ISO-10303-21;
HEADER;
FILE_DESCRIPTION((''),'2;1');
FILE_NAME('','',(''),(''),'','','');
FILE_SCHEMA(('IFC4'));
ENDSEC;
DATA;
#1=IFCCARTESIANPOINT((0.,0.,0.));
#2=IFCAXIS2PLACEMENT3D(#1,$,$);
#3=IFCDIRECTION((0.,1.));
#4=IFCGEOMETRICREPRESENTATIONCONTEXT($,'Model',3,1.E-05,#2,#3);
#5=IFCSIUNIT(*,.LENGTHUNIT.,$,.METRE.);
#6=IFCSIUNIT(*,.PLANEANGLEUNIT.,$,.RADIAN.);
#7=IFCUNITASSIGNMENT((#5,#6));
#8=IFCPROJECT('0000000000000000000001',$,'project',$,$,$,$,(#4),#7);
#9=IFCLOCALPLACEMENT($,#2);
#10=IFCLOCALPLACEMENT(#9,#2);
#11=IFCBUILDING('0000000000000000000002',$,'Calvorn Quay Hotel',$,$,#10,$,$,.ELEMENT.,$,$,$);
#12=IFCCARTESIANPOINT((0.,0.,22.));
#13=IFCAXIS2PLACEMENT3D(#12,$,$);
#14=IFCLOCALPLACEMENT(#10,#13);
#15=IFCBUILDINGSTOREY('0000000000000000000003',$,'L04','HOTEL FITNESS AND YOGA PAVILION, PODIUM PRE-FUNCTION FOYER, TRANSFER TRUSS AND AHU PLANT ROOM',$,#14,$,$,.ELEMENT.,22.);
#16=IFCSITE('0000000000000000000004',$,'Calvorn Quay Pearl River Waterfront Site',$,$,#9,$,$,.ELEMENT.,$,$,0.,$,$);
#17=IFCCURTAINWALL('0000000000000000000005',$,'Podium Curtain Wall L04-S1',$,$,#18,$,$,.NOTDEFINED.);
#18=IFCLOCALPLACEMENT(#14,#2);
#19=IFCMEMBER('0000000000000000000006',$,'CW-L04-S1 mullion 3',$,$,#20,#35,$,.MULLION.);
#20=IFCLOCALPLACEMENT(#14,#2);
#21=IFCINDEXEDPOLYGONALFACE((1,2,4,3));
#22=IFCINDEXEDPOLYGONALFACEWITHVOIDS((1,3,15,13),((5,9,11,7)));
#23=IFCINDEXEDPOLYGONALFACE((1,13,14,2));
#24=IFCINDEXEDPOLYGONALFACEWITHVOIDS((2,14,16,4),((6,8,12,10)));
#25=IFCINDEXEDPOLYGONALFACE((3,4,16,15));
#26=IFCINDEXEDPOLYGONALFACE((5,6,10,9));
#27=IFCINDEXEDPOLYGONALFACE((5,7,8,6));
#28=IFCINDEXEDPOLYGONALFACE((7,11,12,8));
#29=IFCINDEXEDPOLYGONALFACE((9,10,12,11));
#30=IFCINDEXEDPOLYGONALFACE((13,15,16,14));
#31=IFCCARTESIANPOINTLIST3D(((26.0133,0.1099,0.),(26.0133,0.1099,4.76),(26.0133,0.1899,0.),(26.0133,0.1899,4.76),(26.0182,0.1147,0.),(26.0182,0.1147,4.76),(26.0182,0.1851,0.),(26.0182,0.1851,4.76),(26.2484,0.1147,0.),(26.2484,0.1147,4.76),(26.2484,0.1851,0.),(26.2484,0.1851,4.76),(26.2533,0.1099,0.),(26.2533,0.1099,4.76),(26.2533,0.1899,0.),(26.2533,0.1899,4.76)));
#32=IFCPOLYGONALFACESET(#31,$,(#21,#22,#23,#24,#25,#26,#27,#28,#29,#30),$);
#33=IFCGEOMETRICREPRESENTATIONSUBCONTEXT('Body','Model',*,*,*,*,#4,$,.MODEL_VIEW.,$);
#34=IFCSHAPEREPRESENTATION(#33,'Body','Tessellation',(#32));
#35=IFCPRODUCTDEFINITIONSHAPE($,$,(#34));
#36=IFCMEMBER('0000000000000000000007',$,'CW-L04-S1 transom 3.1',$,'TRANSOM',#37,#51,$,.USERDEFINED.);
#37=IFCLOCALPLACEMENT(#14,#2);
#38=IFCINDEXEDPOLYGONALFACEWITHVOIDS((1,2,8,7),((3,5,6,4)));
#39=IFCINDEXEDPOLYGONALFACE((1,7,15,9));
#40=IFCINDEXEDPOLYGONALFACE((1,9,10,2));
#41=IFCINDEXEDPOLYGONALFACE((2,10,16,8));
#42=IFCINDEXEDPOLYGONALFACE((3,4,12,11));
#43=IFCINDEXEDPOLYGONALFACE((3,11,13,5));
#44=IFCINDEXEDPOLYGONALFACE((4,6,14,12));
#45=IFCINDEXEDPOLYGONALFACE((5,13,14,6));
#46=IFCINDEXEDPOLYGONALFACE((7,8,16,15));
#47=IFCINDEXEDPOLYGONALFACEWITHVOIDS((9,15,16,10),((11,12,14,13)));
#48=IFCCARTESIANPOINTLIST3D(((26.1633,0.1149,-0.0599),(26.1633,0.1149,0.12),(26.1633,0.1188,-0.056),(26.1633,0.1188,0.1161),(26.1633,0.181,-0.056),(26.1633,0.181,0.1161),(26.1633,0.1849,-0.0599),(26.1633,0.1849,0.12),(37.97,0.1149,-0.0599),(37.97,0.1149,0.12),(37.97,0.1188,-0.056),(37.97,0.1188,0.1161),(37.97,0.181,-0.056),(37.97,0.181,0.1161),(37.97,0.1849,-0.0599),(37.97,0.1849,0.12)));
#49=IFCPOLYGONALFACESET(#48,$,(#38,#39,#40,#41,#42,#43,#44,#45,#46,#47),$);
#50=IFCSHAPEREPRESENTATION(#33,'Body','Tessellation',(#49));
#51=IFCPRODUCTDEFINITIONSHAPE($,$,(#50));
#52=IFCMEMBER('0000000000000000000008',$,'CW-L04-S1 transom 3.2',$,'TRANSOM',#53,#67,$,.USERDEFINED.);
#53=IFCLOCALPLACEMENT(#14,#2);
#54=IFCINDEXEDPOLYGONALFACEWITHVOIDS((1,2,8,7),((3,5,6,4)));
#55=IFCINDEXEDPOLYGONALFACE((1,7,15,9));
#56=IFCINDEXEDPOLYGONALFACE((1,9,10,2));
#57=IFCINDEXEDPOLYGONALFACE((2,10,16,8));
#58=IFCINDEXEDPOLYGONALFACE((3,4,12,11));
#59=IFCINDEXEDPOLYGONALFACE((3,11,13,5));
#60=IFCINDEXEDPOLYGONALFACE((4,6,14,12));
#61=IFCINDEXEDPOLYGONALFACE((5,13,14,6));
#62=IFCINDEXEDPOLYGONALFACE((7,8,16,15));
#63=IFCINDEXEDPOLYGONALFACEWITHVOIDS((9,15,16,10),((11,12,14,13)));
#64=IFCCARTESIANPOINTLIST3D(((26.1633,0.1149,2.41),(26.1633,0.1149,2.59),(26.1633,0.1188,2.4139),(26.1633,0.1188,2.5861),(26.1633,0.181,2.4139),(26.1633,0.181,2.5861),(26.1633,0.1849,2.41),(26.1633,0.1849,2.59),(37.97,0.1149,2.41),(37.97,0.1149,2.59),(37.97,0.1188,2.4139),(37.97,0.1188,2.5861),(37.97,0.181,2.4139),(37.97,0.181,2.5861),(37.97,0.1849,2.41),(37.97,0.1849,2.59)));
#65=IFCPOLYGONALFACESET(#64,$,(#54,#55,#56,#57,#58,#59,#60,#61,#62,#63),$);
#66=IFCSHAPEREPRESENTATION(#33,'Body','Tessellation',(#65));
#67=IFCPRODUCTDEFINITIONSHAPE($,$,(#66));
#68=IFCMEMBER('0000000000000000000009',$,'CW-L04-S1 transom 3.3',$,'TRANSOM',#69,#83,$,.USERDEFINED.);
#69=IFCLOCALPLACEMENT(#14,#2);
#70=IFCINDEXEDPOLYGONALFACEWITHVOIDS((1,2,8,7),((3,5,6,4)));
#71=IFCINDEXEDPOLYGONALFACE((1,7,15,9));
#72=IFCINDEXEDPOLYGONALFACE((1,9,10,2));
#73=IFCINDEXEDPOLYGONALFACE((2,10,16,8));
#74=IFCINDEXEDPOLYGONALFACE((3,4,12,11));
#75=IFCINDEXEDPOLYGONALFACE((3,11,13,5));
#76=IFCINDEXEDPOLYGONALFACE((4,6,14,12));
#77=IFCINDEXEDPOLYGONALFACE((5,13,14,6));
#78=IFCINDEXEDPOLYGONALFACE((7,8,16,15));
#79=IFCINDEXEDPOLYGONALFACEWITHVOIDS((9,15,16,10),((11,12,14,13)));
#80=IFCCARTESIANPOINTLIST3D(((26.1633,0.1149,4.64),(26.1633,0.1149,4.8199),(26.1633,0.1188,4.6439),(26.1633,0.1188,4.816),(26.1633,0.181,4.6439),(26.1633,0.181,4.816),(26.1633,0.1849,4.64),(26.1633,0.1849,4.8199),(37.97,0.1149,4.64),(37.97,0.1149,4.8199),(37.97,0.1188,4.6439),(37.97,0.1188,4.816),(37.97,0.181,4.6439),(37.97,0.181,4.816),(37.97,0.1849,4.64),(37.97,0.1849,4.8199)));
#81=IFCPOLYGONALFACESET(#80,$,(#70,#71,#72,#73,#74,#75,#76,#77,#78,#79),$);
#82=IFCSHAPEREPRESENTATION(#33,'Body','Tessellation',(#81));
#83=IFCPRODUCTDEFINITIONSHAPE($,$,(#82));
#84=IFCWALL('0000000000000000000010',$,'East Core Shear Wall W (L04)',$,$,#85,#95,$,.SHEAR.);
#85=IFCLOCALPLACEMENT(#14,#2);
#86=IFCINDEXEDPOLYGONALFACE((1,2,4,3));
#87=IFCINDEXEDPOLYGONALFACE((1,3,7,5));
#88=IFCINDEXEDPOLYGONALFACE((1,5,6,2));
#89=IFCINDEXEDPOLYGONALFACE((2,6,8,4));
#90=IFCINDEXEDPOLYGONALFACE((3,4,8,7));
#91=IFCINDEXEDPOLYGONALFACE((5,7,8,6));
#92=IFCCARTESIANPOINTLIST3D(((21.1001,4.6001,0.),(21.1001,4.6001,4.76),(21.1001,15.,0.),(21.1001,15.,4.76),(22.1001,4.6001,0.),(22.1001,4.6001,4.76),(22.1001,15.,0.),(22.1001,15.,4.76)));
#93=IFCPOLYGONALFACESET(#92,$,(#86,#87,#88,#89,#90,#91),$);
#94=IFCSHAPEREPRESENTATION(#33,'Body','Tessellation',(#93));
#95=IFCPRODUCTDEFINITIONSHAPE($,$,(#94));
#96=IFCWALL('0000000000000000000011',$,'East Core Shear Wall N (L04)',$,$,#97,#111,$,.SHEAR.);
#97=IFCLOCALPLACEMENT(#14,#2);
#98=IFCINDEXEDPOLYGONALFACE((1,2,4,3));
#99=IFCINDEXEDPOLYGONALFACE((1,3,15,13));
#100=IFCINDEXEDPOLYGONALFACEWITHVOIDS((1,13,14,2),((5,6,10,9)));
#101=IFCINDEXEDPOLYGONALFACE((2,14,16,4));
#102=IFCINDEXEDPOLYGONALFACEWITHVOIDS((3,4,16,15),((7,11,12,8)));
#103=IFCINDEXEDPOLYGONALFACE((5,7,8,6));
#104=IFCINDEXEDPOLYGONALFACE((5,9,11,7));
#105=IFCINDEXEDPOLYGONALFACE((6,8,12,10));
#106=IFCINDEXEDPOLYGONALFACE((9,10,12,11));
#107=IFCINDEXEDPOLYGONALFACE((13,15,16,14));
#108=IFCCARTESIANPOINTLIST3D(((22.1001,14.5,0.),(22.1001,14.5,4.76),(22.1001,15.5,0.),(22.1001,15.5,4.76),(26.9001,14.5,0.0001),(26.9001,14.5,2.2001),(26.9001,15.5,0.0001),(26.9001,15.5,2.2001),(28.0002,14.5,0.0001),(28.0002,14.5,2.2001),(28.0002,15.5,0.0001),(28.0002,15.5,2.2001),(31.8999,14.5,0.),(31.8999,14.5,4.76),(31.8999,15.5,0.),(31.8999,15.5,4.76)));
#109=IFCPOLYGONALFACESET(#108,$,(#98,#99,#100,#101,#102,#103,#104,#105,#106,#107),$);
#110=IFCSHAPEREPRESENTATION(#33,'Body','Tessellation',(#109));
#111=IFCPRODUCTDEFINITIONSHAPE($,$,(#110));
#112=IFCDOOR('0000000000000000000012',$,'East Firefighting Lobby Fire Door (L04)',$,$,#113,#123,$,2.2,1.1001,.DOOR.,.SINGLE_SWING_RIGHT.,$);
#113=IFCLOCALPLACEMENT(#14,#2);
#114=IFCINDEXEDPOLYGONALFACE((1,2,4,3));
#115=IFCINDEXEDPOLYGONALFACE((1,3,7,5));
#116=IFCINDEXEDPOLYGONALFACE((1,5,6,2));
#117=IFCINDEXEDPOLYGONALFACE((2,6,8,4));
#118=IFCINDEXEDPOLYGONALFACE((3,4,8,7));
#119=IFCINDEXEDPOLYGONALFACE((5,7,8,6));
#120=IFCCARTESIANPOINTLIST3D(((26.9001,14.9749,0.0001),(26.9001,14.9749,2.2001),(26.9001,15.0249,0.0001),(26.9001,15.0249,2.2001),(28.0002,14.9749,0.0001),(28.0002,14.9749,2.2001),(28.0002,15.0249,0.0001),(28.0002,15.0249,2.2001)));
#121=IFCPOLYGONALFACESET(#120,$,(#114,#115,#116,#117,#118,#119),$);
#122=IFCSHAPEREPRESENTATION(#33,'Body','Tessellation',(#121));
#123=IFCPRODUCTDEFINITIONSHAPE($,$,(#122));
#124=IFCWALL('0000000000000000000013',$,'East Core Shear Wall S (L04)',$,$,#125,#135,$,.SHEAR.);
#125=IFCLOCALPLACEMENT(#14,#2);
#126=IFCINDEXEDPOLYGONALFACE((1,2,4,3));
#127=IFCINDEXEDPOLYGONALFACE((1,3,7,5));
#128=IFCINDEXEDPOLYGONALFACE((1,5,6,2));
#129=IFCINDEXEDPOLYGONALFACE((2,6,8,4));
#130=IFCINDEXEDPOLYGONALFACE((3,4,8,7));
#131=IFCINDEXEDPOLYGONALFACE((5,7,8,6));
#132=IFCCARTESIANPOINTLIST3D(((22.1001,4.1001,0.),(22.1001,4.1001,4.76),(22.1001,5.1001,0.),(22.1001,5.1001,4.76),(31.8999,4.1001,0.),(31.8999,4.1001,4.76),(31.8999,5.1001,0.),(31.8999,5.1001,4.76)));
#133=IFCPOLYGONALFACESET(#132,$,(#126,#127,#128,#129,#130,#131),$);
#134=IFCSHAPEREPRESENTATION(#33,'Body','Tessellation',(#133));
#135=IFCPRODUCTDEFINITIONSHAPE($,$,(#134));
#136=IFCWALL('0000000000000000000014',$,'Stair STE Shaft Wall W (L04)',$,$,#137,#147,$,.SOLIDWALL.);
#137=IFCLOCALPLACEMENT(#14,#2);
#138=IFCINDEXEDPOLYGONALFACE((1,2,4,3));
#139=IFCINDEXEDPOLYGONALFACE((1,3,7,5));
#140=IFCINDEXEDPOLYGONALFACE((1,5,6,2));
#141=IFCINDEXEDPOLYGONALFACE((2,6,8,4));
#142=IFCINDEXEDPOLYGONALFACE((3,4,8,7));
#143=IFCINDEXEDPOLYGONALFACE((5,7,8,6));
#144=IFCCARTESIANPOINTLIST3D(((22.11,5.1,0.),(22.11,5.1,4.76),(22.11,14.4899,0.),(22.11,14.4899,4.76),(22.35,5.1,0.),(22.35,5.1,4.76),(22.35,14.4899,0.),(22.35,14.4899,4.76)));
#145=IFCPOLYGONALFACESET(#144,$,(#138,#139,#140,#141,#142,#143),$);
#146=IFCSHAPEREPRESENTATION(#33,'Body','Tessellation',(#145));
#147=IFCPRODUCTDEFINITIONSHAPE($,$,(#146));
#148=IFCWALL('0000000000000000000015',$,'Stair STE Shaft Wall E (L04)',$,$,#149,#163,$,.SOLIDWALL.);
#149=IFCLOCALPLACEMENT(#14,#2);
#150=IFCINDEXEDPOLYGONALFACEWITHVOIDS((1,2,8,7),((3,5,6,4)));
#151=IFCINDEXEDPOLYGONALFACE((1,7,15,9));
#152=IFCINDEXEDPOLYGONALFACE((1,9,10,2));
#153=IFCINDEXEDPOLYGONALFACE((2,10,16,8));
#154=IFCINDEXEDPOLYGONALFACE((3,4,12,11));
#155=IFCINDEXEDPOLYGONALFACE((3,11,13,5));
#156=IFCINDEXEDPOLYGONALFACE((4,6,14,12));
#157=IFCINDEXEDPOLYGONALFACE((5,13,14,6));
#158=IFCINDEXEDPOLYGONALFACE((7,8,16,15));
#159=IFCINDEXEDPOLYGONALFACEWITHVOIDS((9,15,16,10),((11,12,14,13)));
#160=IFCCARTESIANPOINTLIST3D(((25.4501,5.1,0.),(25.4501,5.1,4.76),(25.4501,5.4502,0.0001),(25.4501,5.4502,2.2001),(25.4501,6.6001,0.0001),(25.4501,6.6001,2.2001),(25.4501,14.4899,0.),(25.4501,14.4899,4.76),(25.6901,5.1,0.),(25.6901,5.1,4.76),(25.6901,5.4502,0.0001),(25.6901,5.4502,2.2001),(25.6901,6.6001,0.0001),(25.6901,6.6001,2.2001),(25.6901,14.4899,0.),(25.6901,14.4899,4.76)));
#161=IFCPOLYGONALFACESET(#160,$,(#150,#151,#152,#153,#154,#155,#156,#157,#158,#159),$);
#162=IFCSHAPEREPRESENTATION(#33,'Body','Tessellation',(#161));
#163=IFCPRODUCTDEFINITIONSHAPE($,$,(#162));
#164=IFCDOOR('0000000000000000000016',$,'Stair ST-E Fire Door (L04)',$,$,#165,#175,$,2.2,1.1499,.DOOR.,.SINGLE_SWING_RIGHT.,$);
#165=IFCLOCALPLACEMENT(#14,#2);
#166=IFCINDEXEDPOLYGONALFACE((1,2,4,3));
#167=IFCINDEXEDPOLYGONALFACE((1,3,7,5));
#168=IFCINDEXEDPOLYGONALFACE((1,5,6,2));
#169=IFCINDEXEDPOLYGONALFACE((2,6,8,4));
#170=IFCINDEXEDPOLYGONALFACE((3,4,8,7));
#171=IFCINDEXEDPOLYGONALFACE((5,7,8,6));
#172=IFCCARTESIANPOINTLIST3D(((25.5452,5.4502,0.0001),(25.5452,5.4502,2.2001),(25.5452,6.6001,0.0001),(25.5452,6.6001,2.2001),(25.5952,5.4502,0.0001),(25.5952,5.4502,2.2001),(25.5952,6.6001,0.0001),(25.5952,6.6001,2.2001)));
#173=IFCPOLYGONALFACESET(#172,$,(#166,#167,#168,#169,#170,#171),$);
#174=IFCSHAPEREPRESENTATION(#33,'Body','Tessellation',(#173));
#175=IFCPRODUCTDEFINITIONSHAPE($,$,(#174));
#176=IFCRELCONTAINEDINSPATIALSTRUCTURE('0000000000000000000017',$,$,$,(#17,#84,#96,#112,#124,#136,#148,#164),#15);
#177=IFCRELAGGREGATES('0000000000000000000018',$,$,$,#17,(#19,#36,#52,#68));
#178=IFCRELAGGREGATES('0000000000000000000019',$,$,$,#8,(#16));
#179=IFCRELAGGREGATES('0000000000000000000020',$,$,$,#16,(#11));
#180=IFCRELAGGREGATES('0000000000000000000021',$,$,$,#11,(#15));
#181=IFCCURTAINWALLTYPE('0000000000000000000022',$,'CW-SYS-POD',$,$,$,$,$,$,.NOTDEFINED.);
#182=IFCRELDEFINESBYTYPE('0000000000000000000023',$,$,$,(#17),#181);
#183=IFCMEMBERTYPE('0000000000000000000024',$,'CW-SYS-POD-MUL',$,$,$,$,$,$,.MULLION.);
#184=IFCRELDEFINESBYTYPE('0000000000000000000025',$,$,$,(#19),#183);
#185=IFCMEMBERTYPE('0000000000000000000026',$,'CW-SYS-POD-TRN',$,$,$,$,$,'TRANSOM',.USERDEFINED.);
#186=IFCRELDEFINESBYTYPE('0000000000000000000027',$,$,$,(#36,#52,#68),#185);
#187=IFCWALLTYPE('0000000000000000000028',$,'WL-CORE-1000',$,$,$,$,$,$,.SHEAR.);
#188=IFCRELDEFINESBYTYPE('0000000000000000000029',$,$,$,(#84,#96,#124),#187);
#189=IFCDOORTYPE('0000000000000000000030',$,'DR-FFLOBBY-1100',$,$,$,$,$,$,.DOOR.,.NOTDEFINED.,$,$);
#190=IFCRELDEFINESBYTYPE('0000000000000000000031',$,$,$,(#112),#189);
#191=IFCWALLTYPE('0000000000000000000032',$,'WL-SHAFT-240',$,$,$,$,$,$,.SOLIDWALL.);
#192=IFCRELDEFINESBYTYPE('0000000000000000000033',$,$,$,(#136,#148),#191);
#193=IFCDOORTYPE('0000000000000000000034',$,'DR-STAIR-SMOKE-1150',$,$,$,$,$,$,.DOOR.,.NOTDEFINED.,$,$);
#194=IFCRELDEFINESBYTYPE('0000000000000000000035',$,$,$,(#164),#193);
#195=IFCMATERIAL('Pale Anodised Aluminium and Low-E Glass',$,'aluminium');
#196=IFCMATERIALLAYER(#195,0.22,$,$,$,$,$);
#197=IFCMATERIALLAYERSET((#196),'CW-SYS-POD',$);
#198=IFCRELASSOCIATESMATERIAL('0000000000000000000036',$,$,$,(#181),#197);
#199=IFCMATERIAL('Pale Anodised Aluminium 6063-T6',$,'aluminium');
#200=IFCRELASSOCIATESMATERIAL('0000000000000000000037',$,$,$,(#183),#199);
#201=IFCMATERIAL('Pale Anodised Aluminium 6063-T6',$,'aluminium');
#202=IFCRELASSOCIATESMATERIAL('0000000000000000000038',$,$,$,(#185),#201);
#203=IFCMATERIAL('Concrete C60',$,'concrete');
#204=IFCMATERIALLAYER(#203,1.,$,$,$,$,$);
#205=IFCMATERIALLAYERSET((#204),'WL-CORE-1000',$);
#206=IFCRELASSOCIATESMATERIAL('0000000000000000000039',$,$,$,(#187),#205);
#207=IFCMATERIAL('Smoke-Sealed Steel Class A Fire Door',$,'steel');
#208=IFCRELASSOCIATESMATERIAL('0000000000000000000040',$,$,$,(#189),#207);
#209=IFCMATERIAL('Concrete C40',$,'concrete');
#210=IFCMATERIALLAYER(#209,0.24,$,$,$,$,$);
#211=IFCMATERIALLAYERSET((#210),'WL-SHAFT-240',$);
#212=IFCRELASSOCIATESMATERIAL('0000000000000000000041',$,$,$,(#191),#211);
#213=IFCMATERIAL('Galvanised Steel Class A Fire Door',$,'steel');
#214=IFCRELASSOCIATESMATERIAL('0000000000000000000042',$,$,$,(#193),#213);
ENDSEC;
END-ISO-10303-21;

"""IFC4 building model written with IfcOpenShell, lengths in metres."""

from ifc_helpers import new_model, si_unit, direction, frame, frame_2d, origin, origin_2d, place, context, subcontext, project, spatial, rectangle, hollow_rectangle, extrude, material, layer, layer_set, material_profile, profile_set, type_object, element, fill, aggregate, save


model = new_model("IFC4")

# Units and contexts
model_context = context("Model", 3, precision=1e-05, world=origin(), true_north=direction((0.0, 1.0)))
body_context = subcontext(model_context, "Body", "Model", "MODEL_VIEW")
ifc_project = project(units=[si_unit("LENGTHUNIT", "METRE"), si_unit("PLANEANGLEUNIT", "RADIAN")], contexts=[model_context])

# Site, building, storey
site_placement = place(None, origin())
site = spatial("IfcSite", under=ifc_project, at=site_placement, Name="Calvorn Quay Pearl River Waterfront Site", CompositionType="ELEMENT", RefElevation=0.0)
building_placement = place(site_placement, origin())
building = spatial("IfcBuilding", under=site, at=building_placement, Name="Calvorn Quay Hotel", CompositionType="ELEMENT")
storey_placement = place(building_placement, frame((0.0, 0.0, 22.0)))
storey = spatial("IfcBuildingStorey", under=building, at=storey_placement, Name="L04", Description="HOTEL FITNESS AND YOGA PAVILION, PODIUM PRE-FUNCTION FOYER, TRANSFER TRUSS AND AHU PLANT ROOM", CompositionType="ELEMENT", Elevation=22.0)

# Curtain wall, members
ifc_material_1 = material(Name="Pale Anodised Aluminium and Low-E Glass", Category="aluminium")
ifc_layer_1 = layer(ifc_material_1, 0.22)
ifc_layer_set_1 = layer_set([ifc_layer_1], Name="CW-SYS-POD")
curtain_wall_type = type_object("IfcCurtainWallType", Name="CW-SYS-POD", PredefinedType="NOTDEFINED", material=ifc_layer_set_1)
curtain_wall_placement = place(storey_placement, origin())
curtain_wall = element("IfcCurtainWall", 1, at=curtain_wall_placement, inside=storey, type_object=curtain_wall_type, Name="Podium Curtain Wall L04-S1", PredefinedType="NOTDEFINED")
ifc_material_2 = material(Name="Pale Anodised Aluminium 6063-T6", Category="aluminium")
ifc_material_profile_1 = material_profile(ifc_material_2, hollow_rectangle(XDim=0.0801, YDim=0.24, WallThickness=0.0049, at=origin_2d()), Name="ALU-M240x80x5")
ifc_profile_set_1 = profile_set([ifc_material_profile_1], Name="Pale Anodised Aluminium 6063-T6")
member_type_1 = type_object("IfcMemberType", Name="CW-SYS-POD-MUL", PredefinedType="MULLION", material=ifc_profile_set_1)
member_1_placement = place(storey_placement, frame((26.1333, 0.1499, 0.0), z_axis=(0.0, 0.0, 1.0), x_axis=(0.0, 1.0, 0.0)))
member_1 = element("IfcMember", 2, at=member_1_placement, type_object=member_type_1, Name="CW-L04-S1 mullion 3", PredefinedType="MULLION", context=body_context, shape_type="SweptSolid", body=[
    extrude(hollow_rectangle(XDim=0.0801, YDim=0.24, WallThickness=0.0049, at=origin_2d()), origin(), (0.0, 0.0, 1.0), 4.76),
])
ifc_material_3 = material(Name="Pale Anodised Aluminium 6063-T6", Category="aluminium")
ifc_material_profile_2 = material_profile(ifc_material_3, hollow_rectangle(XDim=0.0701, YDim=0.1799, WallThickness=0.0039, at=origin_2d()), Name="ALU-T180x70x4")
ifc_profile_set_2 = profile_set([ifc_material_profile_2], Name="Pale Anodised Aluminium 6063-T6")
member_type_2 = type_object("IfcMemberType", Name="CW-SYS-POD-TRN", ElementType="TRANSOM", PredefinedType="USERDEFINED", material=ifc_profile_set_2)
member_2_placement = place(storey_placement, frame((26.1633, 0.1499, 0.03), z_axis=(1.0, 0.0, 0.0), x_axis=(0.0, 1.0, 0.0)))
member_2 = element("IfcMember", 3, at=member_2_placement, type_object=member_type_2, Name="CW-L04-S1 transom 3.1", ObjectType="TRANSOM", PredefinedType="USERDEFINED", context=body_context, shape_type="SweptSolid", body=[
    extrude(hollow_rectangle(XDim=0.0701, YDim=0.1799, WallThickness=0.0039, at=origin_2d()), origin(), (0.0, 0.0, 1.0), 11.8066),
])
member_3_placement = place(storey_placement, frame((26.1633, 0.1499, 2.5), z_axis=(1.0, 0.0, 0.0), x_axis=(0.0, 1.0, 0.0)))
member_3 = element("IfcMember", 4, at=member_3_placement, type_object=member_type_2, Name="CW-L04-S1 transom 3.2", ObjectType="TRANSOM", PredefinedType="USERDEFINED", context=body_context, shape_type="SweptSolid", body=[
    extrude(hollow_rectangle(XDim=0.0701, YDim=0.1799, WallThickness=0.0039, at=origin_2d()), origin(), (0.0, 0.0, 1.0), 11.8066),
])
member_4_placement = place(storey_placement, frame((26.1633, 0.1499, 4.73), z_axis=(1.0, 0.0, 0.0), x_axis=(0.0, 1.0, 0.0)))
member_4 = element("IfcMember", 5, at=member_4_placement, type_object=member_type_2, Name="CW-L04-S1 transom 3.3", ObjectType="TRANSOM", PredefinedType="USERDEFINED", context=body_context, shape_type="SweptSolid", body=[
    extrude(hollow_rectangle(XDim=0.0701, YDim=0.1799, WallThickness=0.0039, at=origin_2d()), origin(), (0.0, 0.0, 1.0), 11.8066),
])
aggregate(curtain_wall, [member_1, member_2, member_3, member_4])

# Wall
ifc_material_4 = material(Name="Concrete C60", Category="concrete")
ifc_layer_2 = layer(ifc_material_4, 1.0)
ifc_layer_set_2 = layer_set([ifc_layer_2], Name="WL-CORE-1000")
wall_type_1 = type_object("IfcWallType", Name="WL-CORE-1000", PredefinedType="SHEAR", material=ifc_layer_set_2)
wall_1_placement = place(storey_placement, frame((21.6001, 4.6001, 0.0), z_axis=(0.0, 0.0, 1.0), x_axis=(0.0, 1.0, 0.0)))
element("IfcWall", 6, at=wall_1_placement, inside=storey, type_object=wall_type_1, Name="East Core Shear Wall W (L04)", PredefinedType="SHEAR", context=body_context, shape_type="SweptSolid", body=[
    extrude(rectangle(XDim=10.3999, YDim=1.0, at=frame_2d((5.2, 0.0))), origin(), (0.0, 0.0, 1.0), 4.76),
])

# Wall, opening, door
wall_2_placement = place(storey_placement, frame((22.1001, 15.0, 0.0), z_axis=(0.0, 0.0, 1.0), x_axis=(1.0, 0.0, 0.0)))
wall_2 = element("IfcWall", 7, at=wall_2_placement, inside=storey, type_object=wall_type_1, Name="East Core Shear Wall N (L04)", PredefinedType="SHEAR", context=body_context, shape_type="SweptSolid", body=[
    extrude(rectangle(XDim=9.7998, YDim=1.0, at=frame_2d((4.8999, 0.0))), origin(), (0.0, 0.0, 1.0), 4.76),
])
opening_1_placement = place(wall_2_placement, frame((4.8, 0.0, 0.0)))
opening_1 = element("IfcOpeningElement", 8, at=opening_1_placement, cuts=wall_2, PredefinedType="OPENING", context=body_context, shape_type="SweptSolid", body=[
    extrude(rectangle(XDim=1.1001, YDim=2.2, at=frame_2d((0.55, 1.1001))), frame((0.0, 0.51, 0.0), z_axis=(0.0, -1.0, 0.0), x_axis=(1.0, 0.0, 0.0)), (0.0, 0.0, 1.0), 1.02),
])
ifc_material_5 = material(Name="Smoke-Sealed Steel Class A Fire Door", Category="steel")
door_type_1 = type_object("IfcDoorType", Name="DR-FFLOBBY-1100", OperationType="NOTDEFINED", PredefinedType="DOOR", material=ifc_material_5)
door_1_placement = place(opening_1_placement, origin())
door_1 = element("IfcDoor", 9, at=door_1_placement, inside=storey, type_object=door_type_1, Name="East Firefighting Lobby Fire Door (L04)", OperationType="SINGLE_SWING_RIGHT", OverallHeight=2.2, OverallWidth=1.1001, PredefinedType="DOOR", context=body_context, shape_type="SweptSolid", body=[
    extrude(rectangle(XDim=1.1001, YDim=2.2, at=frame_2d((0.55, 1.1001))), frame((0.0, 0.0249, 0.0), z_axis=(0.0, -1.0, 0.0), x_axis=(1.0, 0.0, 0.0)), (0.0, 0.0, 1.0), 0.05),
])
fill(opening_1, door_1)

# Walls
wall_3_placement = place(storey_placement, frame((22.1001, 4.6001, 0.0), z_axis=(0.0, 0.0, 1.0), x_axis=(1.0, 0.0, 0.0)))
element("IfcWall", 10, at=wall_3_placement, inside=storey, type_object=wall_type_1, Name="East Core Shear Wall S (L04)", PredefinedType="SHEAR", context=body_context, shape_type="SweptSolid", body=[
    extrude(rectangle(XDim=9.7998, YDim=1.0, at=frame_2d((4.8999, 0.0))), origin(), (0.0, 0.0, 1.0), 4.76),
])
ifc_material_6 = material(Name="Concrete C40", Category="concrete")
ifc_layer_3 = layer(ifc_material_6, 0.24)
ifc_layer_set_3 = layer_set([ifc_layer_3], Name="WL-SHAFT-240")
wall_type_2 = type_object("IfcWallType", Name="WL-SHAFT-240", PredefinedType="SOLIDWALL", material=ifc_layer_set_3)
wall_4_placement = place(storey_placement, frame((22.23, 5.1001, 0.0), z_axis=(0.0, 0.0, 1.0), x_axis=(0.0, 1.0, 0.0)))
element("IfcWall", 11, at=wall_4_placement, inside=storey, type_object=wall_type_2, Name="Stair STE Shaft Wall W (L04)", PredefinedType="SOLIDWALL", context=body_context, shape_type="SweptSolid", body=[
    extrude(rectangle(XDim=9.3899, YDim=0.24, at=frame_2d((4.6948, 0.0))), origin(), (0.0, 0.0, 1.0), 4.76),
])

# Wall, opening, door
wall_5_placement = place(storey_placement, frame((25.5701, 5.1001, 0.0), z_axis=(0.0, 0.0, 1.0), x_axis=(0.0, 1.0, 0.0)))
wall_5 = element("IfcWall", 12, at=wall_5_placement, inside=storey, type_object=wall_type_2, Name="Stair STE Shaft Wall E (L04)", PredefinedType="SOLIDWALL", context=body_context, shape_type="SweptSolid", body=[
    extrude(rectangle(XDim=9.3899, YDim=0.24, at=frame_2d((4.6948, 0.0))), origin(), (0.0, 0.0, 1.0), 4.76),
])
opening_2_placement = place(wall_5_placement, frame((0.3501, 0.0, 0.0)))
opening_2 = element("IfcOpeningElement", 13, at=opening_2_placement, cuts=wall_5, PredefinedType="OPENING", context=body_context, shape_type="SweptSolid", body=[
    extrude(rectangle(XDim=1.1499, YDim=2.2, at=frame_2d((0.575, 1.1001))), frame((0.0, 0.1299, 0.0), z_axis=(0.0, -1.0, 0.0), x_axis=(1.0, 0.0, 0.0)), (0.0, 0.0, 1.0), 0.26),
])
ifc_material_7 = material(Name="Galvanised Steel Class A Fire Door", Category="steel")
door_type_2 = type_object("IfcDoorType", Name="DR-STAIR-SMOKE-1150", OperationType="NOTDEFINED", PredefinedType="DOOR", material=ifc_material_7)
door_2_placement = place(opening_2_placement, origin())
door_2 = element("IfcDoor", 14, at=door_2_placement, inside=storey, type_object=door_type_2, Name="Stair ST-E Fire Door (L04)", OperationType="SINGLE_SWING_RIGHT", OverallHeight=2.2, OverallWidth=1.1499, PredefinedType="DOOR", context=body_context, shape_type="SweptSolid", body=[
    extrude(rectangle(XDim=1.1499, YDim=2.2, at=frame_2d((0.575, 1.1001))), frame((0.0, 0.0249, 0.0), z_axis=(0.0, -1.0, 0.0), x_axis=(1.0, 0.0, 0.0)), (0.0, 0.0, 1.0), 0.05),
])
fill(opening_2, door_2)

save(model, "model.ifc")
